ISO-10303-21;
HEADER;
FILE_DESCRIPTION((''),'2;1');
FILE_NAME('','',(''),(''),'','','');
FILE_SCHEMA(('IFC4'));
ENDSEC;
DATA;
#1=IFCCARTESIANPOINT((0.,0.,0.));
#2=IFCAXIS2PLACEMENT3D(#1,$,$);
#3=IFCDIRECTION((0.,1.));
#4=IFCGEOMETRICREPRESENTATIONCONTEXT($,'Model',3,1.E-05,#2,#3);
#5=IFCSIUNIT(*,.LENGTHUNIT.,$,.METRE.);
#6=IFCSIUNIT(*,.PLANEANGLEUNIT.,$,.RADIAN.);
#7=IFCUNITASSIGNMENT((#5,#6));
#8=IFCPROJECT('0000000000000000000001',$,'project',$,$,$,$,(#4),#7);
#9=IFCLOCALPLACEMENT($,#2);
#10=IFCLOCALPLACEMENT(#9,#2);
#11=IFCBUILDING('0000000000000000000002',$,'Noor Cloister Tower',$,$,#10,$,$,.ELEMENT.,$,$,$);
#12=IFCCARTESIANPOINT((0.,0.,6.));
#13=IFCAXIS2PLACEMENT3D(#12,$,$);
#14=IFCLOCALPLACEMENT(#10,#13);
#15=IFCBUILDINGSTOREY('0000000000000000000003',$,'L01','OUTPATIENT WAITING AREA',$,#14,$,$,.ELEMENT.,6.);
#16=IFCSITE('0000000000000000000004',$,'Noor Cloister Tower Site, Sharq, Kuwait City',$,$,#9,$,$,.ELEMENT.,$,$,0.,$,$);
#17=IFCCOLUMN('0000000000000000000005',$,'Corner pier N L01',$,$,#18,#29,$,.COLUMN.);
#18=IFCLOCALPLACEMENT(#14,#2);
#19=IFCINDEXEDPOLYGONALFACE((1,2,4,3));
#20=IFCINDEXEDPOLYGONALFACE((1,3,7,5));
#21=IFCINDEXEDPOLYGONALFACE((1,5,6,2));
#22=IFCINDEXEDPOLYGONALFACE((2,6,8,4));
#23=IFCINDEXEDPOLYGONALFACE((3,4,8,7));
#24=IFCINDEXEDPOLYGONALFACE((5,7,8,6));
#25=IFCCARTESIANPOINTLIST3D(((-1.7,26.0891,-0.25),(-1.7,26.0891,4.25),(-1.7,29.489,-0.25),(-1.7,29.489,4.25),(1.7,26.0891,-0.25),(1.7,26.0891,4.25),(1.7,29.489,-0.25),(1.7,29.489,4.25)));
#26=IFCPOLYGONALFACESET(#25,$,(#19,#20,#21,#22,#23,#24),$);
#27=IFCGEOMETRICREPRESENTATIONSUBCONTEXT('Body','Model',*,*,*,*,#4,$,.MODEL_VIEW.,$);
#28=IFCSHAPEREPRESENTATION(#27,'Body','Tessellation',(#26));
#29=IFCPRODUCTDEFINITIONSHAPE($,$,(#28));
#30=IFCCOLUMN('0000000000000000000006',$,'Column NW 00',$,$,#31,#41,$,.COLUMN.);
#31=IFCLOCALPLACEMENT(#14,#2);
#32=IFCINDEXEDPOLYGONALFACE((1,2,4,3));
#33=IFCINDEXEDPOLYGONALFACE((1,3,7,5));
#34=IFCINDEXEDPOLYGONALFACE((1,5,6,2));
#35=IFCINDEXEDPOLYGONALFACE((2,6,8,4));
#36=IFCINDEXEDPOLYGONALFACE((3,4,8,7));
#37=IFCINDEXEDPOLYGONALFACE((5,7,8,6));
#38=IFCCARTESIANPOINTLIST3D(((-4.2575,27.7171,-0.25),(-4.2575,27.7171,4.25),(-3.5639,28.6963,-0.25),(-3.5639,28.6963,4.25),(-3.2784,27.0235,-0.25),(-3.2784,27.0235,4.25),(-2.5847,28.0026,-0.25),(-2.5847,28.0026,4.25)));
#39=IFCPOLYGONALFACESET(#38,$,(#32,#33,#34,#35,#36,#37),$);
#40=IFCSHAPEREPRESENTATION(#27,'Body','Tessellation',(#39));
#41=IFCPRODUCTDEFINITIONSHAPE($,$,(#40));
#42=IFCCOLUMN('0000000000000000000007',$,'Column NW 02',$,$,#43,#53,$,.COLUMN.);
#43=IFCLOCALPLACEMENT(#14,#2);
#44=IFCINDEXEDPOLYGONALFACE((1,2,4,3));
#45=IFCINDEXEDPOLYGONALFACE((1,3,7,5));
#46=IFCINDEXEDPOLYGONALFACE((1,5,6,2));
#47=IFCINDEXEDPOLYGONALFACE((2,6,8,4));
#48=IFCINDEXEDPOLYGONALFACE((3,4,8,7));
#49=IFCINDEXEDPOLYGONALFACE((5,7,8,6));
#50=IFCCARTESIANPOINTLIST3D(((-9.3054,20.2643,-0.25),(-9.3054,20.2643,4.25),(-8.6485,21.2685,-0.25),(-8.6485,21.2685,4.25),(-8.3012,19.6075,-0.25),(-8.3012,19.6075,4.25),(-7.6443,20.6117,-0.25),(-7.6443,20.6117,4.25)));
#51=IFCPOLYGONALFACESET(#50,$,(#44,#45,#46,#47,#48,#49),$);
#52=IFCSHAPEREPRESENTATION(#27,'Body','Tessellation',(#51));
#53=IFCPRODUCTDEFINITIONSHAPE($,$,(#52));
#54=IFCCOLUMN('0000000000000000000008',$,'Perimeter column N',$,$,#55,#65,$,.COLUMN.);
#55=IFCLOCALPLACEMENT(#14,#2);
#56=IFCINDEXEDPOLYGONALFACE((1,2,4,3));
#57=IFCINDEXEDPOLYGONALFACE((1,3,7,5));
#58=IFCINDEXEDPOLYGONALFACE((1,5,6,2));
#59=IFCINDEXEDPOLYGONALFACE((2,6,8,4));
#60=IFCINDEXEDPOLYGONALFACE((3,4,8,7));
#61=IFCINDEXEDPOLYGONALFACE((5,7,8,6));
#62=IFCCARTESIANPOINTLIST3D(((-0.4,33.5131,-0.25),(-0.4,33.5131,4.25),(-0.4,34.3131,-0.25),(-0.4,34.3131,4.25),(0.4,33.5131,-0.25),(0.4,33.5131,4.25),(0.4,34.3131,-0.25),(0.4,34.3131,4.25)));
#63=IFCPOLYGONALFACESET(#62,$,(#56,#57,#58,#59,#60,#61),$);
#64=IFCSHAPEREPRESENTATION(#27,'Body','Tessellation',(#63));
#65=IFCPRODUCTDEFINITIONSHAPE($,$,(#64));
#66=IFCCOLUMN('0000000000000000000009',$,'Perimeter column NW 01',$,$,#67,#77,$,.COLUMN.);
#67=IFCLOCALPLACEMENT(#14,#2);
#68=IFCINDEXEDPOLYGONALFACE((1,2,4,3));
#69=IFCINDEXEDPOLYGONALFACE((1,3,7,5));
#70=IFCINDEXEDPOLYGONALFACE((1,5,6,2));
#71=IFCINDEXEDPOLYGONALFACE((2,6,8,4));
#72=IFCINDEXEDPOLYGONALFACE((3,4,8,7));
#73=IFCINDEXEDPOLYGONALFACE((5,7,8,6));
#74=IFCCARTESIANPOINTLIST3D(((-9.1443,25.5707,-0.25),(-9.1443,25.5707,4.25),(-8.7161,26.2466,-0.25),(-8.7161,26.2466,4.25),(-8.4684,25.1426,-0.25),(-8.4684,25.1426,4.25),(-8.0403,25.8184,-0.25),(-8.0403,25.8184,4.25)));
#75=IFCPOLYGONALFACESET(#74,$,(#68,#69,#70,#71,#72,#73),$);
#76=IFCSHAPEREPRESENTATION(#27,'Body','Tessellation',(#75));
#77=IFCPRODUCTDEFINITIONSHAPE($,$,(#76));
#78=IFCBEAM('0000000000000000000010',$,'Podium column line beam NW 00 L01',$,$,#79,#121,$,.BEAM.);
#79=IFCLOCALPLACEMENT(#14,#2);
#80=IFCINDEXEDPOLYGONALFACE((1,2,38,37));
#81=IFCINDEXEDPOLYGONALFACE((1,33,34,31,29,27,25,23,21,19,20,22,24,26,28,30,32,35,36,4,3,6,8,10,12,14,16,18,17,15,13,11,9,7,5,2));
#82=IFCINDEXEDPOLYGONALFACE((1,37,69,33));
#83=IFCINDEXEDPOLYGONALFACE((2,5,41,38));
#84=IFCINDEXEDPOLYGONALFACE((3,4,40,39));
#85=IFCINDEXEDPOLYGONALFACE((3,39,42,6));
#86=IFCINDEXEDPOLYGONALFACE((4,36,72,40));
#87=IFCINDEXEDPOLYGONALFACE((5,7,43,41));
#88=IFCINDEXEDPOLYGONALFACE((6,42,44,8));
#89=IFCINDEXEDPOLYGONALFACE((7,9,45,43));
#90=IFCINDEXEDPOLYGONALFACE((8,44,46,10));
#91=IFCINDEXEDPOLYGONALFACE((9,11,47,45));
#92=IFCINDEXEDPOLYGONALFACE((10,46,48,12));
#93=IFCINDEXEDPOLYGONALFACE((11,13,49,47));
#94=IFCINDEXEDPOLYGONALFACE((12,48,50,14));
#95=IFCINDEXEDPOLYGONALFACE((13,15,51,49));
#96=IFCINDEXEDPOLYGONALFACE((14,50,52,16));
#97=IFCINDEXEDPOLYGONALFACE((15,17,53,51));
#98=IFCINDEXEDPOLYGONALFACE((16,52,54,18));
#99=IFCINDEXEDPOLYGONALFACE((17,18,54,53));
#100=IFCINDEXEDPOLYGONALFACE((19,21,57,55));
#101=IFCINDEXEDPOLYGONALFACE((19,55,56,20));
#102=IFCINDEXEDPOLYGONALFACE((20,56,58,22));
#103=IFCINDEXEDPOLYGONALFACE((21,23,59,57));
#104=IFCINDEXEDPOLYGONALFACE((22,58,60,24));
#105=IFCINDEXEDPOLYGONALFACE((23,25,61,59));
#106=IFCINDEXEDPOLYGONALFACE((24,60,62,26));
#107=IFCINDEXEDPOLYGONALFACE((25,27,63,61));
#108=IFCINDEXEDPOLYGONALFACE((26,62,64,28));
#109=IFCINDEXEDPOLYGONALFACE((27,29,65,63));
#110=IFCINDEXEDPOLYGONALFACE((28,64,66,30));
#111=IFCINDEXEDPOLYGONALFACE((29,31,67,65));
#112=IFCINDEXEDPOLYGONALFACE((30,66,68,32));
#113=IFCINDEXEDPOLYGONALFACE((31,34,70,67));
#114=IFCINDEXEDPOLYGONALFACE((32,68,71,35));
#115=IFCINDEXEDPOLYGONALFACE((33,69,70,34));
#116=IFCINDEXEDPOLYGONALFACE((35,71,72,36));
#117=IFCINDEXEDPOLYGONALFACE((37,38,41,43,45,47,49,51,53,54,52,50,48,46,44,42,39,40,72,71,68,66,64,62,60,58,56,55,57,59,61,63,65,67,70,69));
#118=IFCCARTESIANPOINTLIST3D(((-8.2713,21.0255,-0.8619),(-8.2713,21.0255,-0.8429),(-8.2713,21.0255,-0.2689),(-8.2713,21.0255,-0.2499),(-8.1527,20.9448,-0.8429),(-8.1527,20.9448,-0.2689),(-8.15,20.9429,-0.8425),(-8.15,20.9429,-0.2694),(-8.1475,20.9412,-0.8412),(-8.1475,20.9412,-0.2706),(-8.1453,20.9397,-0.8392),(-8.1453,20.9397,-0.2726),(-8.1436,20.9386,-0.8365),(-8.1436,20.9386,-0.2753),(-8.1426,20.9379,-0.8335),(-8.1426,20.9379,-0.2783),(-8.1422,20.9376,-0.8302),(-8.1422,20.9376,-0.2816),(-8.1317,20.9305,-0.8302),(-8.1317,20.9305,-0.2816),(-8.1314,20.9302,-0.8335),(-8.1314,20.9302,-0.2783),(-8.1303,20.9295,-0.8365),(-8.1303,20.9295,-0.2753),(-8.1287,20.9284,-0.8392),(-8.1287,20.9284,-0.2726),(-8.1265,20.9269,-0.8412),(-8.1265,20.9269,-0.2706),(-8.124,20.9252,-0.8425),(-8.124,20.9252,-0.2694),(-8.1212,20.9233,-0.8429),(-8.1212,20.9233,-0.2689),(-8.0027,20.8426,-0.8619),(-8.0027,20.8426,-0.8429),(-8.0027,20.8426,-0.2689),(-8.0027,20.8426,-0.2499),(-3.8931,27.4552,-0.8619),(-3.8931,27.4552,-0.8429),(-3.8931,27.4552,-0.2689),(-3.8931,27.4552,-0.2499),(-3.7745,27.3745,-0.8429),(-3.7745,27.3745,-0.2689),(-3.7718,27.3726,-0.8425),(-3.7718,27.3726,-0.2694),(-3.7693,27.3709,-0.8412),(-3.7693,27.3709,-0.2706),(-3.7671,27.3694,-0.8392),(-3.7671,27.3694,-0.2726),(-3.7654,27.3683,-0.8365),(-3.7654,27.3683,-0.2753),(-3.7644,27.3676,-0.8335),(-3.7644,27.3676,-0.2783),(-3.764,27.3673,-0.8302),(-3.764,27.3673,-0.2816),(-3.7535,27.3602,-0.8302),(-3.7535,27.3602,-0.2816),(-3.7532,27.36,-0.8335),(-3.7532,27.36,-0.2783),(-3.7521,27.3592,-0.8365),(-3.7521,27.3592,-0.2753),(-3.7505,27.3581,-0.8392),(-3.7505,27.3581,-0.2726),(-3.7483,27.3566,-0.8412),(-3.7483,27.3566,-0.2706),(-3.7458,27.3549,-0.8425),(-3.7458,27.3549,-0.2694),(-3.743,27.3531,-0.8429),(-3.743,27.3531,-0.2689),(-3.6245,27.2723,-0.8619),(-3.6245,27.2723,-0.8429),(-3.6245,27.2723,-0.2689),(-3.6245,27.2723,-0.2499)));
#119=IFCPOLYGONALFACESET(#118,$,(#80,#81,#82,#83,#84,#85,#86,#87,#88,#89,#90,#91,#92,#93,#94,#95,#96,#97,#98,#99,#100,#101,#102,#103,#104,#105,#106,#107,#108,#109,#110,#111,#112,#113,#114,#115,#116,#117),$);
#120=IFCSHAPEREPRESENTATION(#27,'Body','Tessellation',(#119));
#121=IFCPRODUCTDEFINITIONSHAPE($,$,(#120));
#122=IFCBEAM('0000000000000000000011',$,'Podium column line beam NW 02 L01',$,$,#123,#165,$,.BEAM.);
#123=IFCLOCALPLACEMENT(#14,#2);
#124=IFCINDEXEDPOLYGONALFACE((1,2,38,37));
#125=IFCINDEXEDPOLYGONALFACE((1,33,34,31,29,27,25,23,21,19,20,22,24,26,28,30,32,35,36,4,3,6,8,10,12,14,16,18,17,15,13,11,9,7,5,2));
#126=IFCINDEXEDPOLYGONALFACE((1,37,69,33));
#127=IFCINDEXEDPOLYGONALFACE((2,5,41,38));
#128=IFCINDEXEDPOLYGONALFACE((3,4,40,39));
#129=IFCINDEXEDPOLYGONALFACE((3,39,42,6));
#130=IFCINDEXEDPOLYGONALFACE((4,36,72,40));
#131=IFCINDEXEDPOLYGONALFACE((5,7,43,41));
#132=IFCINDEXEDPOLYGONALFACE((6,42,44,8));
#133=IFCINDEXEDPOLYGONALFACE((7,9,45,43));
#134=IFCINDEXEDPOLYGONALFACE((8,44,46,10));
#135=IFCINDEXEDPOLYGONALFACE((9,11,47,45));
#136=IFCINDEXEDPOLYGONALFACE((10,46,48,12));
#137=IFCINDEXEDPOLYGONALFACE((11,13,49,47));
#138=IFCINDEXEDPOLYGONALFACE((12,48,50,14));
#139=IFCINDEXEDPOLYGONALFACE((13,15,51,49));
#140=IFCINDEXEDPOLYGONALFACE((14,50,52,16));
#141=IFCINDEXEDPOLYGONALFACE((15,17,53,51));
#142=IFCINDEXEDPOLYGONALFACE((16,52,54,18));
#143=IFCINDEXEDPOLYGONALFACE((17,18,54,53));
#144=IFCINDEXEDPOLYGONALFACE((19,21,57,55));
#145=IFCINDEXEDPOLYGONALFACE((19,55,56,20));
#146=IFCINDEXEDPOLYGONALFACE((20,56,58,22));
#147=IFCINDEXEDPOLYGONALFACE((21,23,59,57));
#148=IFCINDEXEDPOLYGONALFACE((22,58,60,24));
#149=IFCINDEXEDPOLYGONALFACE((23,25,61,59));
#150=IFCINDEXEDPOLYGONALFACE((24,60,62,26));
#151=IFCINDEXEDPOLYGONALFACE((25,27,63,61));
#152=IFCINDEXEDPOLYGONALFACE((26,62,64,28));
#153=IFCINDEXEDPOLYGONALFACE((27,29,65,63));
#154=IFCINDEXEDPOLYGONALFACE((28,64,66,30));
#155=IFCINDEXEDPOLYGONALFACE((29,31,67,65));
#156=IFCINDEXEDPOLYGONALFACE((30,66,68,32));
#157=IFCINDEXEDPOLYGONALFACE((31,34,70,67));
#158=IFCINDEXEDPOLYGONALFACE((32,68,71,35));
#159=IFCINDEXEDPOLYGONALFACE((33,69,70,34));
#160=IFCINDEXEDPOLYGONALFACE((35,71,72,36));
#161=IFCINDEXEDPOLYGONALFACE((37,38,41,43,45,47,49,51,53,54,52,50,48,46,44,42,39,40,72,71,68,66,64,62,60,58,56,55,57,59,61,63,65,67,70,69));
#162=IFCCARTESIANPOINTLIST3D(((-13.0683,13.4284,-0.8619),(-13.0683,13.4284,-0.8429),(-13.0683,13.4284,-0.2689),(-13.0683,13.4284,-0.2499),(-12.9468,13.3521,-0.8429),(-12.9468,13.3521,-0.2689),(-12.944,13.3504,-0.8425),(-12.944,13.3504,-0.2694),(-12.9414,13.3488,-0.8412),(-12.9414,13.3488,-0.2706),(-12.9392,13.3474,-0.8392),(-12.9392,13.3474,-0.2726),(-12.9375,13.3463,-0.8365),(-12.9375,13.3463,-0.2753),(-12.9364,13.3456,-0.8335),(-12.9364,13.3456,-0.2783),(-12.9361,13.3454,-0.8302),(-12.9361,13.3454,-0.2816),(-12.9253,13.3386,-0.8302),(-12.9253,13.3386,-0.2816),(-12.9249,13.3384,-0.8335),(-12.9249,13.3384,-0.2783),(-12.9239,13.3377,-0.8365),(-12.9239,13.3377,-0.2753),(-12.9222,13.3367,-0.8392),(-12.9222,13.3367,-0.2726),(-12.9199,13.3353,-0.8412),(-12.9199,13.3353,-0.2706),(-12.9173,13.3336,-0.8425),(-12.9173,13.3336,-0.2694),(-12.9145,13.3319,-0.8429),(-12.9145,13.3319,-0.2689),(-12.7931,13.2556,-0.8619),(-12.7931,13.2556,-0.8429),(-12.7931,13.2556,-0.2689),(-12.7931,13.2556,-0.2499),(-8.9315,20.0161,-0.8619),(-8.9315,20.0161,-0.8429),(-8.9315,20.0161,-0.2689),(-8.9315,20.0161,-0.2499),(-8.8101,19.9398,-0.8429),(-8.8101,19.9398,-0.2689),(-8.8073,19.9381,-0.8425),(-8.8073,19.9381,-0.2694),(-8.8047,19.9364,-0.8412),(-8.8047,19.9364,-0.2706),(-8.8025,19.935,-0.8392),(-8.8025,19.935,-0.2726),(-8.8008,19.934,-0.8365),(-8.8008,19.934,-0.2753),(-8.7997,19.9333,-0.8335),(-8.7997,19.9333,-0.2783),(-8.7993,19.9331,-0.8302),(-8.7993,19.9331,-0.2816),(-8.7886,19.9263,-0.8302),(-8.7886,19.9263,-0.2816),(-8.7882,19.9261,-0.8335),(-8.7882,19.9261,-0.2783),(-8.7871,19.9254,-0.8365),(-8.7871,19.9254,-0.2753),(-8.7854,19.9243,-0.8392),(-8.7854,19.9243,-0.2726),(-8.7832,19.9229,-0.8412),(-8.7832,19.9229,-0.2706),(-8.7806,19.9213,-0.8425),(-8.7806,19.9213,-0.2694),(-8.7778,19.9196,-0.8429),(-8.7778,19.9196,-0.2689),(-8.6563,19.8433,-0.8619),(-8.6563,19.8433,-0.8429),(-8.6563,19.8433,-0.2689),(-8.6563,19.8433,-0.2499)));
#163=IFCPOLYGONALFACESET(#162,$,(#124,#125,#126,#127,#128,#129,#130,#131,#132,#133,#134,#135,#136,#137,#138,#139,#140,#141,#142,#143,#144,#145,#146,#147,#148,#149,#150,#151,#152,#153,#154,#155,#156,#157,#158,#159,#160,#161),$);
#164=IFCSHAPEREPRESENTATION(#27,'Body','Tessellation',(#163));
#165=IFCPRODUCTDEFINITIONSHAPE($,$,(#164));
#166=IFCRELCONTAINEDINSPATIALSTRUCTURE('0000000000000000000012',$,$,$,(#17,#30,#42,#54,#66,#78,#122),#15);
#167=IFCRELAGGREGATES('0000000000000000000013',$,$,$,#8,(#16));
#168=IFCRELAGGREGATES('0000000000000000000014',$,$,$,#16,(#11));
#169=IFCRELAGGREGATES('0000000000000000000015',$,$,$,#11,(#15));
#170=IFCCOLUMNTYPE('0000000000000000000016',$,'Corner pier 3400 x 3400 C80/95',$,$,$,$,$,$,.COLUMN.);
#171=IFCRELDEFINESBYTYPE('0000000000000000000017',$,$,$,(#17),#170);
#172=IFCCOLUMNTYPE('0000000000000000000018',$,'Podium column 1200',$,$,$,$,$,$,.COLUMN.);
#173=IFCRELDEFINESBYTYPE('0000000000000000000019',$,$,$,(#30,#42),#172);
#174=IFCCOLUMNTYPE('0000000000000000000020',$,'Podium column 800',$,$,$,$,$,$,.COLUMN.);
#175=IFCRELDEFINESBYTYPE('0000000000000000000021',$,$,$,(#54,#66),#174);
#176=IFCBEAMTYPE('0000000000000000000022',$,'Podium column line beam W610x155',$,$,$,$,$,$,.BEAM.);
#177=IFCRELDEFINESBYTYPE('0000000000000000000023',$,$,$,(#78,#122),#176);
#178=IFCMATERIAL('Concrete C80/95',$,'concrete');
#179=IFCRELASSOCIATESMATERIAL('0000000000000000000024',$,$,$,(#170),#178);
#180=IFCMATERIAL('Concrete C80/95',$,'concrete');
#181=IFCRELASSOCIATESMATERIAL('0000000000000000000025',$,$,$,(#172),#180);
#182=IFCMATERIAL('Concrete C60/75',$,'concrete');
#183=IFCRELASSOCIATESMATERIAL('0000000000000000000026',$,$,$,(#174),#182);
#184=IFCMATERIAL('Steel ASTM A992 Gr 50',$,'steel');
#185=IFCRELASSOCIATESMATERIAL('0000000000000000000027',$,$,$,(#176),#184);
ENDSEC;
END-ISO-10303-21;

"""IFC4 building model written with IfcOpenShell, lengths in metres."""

from ifc_helpers import new_model, si_unit, direction, frame, origin, origin_2d, place, context, subcontext, project, spatial, rectangle, i_section, extrude, material, material_profile, profile_set, type_object, element, save


model = new_model("IFC4")

# Units and contexts
model_context = context("Model", 3, precision=1e-05, world=origin(), true_north=direction((0.0, 1.0)))
body_context = subcontext(model_context, "Body", "Model", "MODEL_VIEW")
ifc_project = project(units=[si_unit("LENGTHUNIT", "METRE"), si_unit("PLANEANGLEUNIT", "RADIAN")], contexts=[model_context])

# Site, building, storey
site_placement = place(None, origin())
site = spatial("IfcSite", under=ifc_project, at=site_placement, Name="Noor Cloister Tower Site, Sharq, Kuwait City", CompositionType="ELEMENT", RefElevation=0.0)
building_placement = place(site_placement, origin())
building = spatial("IfcBuilding", under=site, at=building_placement, Name="Noor Cloister Tower", CompositionType="ELEMENT")
storey_placement = place(building_placement, frame((0.0, 0.0, 6.0)))
storey = spatial("IfcBuildingStorey", under=building, at=storey_placement, Name="L01", Description="OUTPATIENT WAITING AREA", CompositionType="ELEMENT", Elevation=6.0)

# Columns
ifc_material_1 = material(Name="Concrete C80/95", Category="concrete")
ifc_material_profile_1 = material_profile(ifc_material_1, rectangle(XDim=3.3999, YDim=3.3999, at=origin_2d()), Name="RC 3400x3400")
ifc_profile_set_1 = profile_set([ifc_material_profile_1], Name="Concrete C80/95")
column_type_1 = type_object("IfcColumnType", Name="Corner pier 3400 x 3400 C80/95", PredefinedType="COLUMN", material=ifc_profile_set_1)
column_placement = place(storey_placement, frame((0.0, 27.7891, -0.25), z_axis=(0.0, 0.0, 1.0), x_axis=(0.0, 1.0, 0.0)))
element("IfcColumn", 1, at=column_placement, inside=storey, type_object=column_type_1, Name="Corner pier N L01", PredefinedType="COLUMN", context=body_context, shape_type="SweptSolid", body=[
    extrude(rectangle(XDim=3.3999, YDim=3.3999, at=origin_2d()), origin(), (0.0, 0.0, 1.0), 4.5),
])
ifc_material_2 = material(Name="Concrete C80/95", Category="concrete")
ifc_material_profile_2 = material_profile(ifc_material_2, rectangle(XDim=1.2, YDim=1.2, at=origin_2d()), Name="Podium column 1200")
ifc_profile_set_2 = profile_set([ifc_material_profile_2], Name="Concrete C80/95")
column_type_2 = type_object("IfcColumnType", Name="Podium column 1200", PredefinedType="COLUMN", material=ifc_profile_set_2)
for number, where, z_axis, x_axis, name in (
    (2, (-3.4211, 27.8599, -0.25), (0.0, 0.0, 1.0), (-0.815983, 0.578076, 0.0), "Column NW 00"),
    (3, (-8.4749, 20.438, -0.25), (0.0, 0.0, 1.0), (-0.836868, 0.547405, 0.0), "Column NW 02"),
):
    element("IfcColumn", number, at=place(storey_placement, frame(where, z_axis=z_axis, x_axis=x_axis)), inside=storey, type_object=column_type_2, Name=name, PredefinedType="COLUMN", context=body_context, shape_type="SweptSolid", body=[
        extrude(rectangle(XDim=1.2, YDim=1.2, at=origin_2d()), origin(), (0.0, 0.0, 1.0), 4.5),
    ])
ifc_material_3 = material(Name="Concrete C60/75", Category="concrete")
ifc_material_profile_3 = material_profile(ifc_material_3, rectangle(XDim=0.8, YDim=0.8, at=origin_2d()), Name="Podium column 800")
ifc_profile_set_3 = profile_set([ifc_material_profile_3], Name="Concrete C60/75")
column_type_3 = type_object("IfcColumnType", Name="Podium column 800", PredefinedType="COLUMN", material=ifc_profile_set_3)
for number, where, z_axis, x_axis, name in (
    (4, (0.0, 33.9131, -0.25), (0.0, 0.0, 1.0), (0.0, 1.0, 0.0), "Perimeter column N"),
    (5, (-8.5923, 25.6946, -0.25), (0.0, 0.0, 1.0), (-0.844762, 0.535142, 0.0), "Perimeter column NW 01"),
):
    element("IfcColumn", number, at=place(storey_placement, frame(where, z_axis=z_axis, x_axis=x_axis)), inside=storey, type_object=column_type_3, Name=name, PredefinedType="COLUMN", context=body_context, shape_type="SweptSolid", body=[
        extrude(rectangle(XDim=0.8, YDim=0.8, at=origin_2d()), origin(), (0.0, 0.0, 1.0), 4.5),
    ])

# Beams
ifc_material_4 = material(Name="Steel ASTM A992 Gr 50", Category="steel")
ifc_material_profile_4 = material_profile(ifc_material_4, i_section(OverallWidth=0.325, OverallDepth=0.6121, WebThickness=0.0127, FlangeThickness=0.019, FilletRadius=0.0127, at=origin_2d()), Name="W610x155")
ifc_profile_set_4 = profile_set([ifc_material_profile_4], Name="Steel ASTM A992 Gr 50")
beam_type_1 = type_object("IfcBeamType", Name="Podium column line beam W610x155", PredefinedType="BEAM", material=ifc_profile_set_4)
for number, where, z_axis, x_axis, name in (
    (6, (-3.7588, 27.3638, -0.5559), (-0.562836, -0.826568, 0.0), (0.826568, -0.562836, 0.0), "Podium column line beam NW 00 L01"),
    (7, (-8.7939, 19.9297, -0.5559), (-0.531795, -0.846873, 0.0), (0.846873, -0.531795, 0.0), "Podium column line beam NW 02 L01"),
):
    element("IfcBeam", number, at=place(storey_placement, frame(where, z_axis=z_axis, x_axis=x_axis)), inside=storey, type_object=beam_type_1, Name=name, PredefinedType="BEAM", context=body_context, shape_type="SweptSolid", body=[
        extrude(i_section(OverallWidth=0.325, OverallDepth=0.6121, WebThickness=0.0127, FlangeThickness=0.019, FilletRadius=0.0127, at=origin_2d()), origin(), (0.0, 0.0, 1.0), 7.7788),
    ])

save(model, "model.ifc")
